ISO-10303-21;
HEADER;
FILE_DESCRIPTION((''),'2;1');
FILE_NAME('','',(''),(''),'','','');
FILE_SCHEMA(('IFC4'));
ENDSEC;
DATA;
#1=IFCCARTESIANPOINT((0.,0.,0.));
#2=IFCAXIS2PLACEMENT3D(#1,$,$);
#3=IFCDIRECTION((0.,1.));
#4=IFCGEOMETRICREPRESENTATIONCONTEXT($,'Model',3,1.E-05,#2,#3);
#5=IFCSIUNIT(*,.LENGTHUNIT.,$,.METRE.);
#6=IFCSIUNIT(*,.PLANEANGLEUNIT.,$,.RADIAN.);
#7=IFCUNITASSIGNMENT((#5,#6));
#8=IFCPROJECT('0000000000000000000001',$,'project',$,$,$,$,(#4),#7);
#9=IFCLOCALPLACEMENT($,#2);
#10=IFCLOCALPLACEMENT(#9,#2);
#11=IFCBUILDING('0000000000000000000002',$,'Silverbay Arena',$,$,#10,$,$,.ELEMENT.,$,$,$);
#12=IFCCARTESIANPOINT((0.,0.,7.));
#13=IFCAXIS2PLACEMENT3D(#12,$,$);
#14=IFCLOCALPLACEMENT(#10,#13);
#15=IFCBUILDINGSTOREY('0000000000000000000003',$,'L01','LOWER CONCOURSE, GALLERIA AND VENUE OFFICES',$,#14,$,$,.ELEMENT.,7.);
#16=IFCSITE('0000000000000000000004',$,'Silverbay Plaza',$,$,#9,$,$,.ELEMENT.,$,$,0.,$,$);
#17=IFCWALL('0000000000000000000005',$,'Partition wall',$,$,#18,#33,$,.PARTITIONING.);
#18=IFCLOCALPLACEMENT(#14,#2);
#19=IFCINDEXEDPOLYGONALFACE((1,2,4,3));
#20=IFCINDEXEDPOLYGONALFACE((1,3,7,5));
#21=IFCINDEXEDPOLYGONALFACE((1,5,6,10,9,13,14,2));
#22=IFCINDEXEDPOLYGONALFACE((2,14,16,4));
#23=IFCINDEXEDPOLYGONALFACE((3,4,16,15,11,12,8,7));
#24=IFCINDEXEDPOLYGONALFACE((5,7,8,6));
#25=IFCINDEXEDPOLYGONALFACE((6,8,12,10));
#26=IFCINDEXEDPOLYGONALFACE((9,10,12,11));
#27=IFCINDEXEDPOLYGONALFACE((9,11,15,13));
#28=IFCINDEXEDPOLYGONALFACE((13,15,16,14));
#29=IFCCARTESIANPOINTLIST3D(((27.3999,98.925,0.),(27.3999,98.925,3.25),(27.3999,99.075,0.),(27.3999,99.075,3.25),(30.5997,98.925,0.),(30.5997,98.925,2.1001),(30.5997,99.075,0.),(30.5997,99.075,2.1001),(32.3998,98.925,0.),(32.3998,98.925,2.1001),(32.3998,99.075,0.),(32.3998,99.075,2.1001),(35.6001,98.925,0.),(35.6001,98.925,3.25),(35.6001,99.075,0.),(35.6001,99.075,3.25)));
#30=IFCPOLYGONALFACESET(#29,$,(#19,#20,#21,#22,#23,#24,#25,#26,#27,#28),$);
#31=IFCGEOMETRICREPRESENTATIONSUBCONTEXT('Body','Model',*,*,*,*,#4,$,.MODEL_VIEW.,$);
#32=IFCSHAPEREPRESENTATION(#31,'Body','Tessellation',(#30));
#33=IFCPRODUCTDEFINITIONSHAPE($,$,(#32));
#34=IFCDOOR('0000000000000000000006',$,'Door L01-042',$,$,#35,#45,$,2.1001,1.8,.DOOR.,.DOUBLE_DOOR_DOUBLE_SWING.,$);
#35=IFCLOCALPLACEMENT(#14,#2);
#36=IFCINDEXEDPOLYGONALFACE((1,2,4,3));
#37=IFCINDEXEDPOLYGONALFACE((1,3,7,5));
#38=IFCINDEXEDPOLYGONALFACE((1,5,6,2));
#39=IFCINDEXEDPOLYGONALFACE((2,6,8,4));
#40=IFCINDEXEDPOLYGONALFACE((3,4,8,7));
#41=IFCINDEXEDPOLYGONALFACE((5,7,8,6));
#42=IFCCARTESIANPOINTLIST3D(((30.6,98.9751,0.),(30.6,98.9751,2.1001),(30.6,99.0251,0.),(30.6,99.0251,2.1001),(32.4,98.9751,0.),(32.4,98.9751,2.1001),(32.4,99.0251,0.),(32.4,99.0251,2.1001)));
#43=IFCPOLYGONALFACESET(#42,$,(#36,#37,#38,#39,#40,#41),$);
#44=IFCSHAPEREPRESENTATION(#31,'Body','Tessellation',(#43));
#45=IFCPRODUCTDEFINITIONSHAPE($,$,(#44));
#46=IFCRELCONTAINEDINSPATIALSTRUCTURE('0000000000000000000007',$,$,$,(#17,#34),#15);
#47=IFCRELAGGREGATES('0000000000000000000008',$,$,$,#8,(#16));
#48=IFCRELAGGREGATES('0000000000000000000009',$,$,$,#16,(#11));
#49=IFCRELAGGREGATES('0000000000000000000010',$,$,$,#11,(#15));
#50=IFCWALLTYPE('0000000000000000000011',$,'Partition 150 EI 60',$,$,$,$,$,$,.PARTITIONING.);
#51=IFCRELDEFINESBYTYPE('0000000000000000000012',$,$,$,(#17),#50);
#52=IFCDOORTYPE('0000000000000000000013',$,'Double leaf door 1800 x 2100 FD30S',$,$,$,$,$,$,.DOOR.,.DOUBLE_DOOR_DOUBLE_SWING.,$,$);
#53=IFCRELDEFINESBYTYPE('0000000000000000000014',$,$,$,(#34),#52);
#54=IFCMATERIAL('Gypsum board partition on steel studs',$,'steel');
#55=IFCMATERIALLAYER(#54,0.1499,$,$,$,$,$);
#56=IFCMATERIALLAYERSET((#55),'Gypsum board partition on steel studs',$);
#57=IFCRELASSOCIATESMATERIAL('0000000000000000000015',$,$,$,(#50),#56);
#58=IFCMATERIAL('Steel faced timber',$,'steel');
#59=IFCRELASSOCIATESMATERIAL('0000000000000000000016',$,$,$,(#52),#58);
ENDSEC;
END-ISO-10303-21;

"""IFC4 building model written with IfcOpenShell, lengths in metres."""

from ifc_helpers import new_model, si_unit, direction, frame, frame_2d, origin, place, context, subcontext, project, spatial, rectangle, extrude, material, layer, layer_set, type_object, element, fill, save


model = new_model("IFC4")

# Units and contexts
model_context = context("Model", 3, precision=1e-05, world=origin(), true_north=direction((0.0, 1.0)))
body_context = subcontext(model_context, "Body", "Model", "MODEL_VIEW")
ifc_project = project(units=[si_unit("LENGTHUNIT", "METRE"), si_unit("PLANEANGLEUNIT", "RADIAN")], contexts=[model_context])

# Site, building, storey
site_placement = place(None, origin())
site = spatial("IfcSite", under=ifc_project, at=site_placement, Name="Silverbay Plaza", CompositionType="ELEMENT", RefElevation=0.0)
building_placement = place(site_placement, origin())
building = spatial("IfcBuilding", under=site, at=building_placement, Name="Silverbay Arena", CompositionType="ELEMENT")
storey_placement = place(building_placement, frame((0.0, 0.0, 7.0)))
storey = spatial("IfcBuildingStorey", under=building, at=storey_placement, Name="L01", Description="LOWER CONCOURSE, GALLERIA AND VENUE OFFICES", CompositionType="ELEMENT", Elevation=7.0)

# Wall, opening, door
ifc_material_1 = material(Name="Gypsum board partition on steel studs", Category="steel")
ifc_layer_1 = layer(ifc_material_1, 0.1499)
ifc_layer_set_1 = layer_set([ifc_layer_1], Name="Gypsum board partition on steel studs")
wall_type = type_object("IfcWallType", Name="Partition 150 EI 60", PredefinedType="PARTITIONING", material=ifc_layer_set_1)
wall_placement = place(storey_placement, frame((27.3999, 99.0, 0.0), z_axis=(0.0, 0.0, 1.0), x_axis=(1.0, 0.0, 0.0)))
wall = element("IfcWall", 1, at=wall_placement, inside=storey, type_object=wall_type, Name="Partition wall", PredefinedType="PARTITIONING", context=body_context, shape_type="SweptSolid", body=[
    extrude(rectangle(XDim=8.2002, YDim=0.1499, at=frame_2d((4.1001, 0.0))), origin(), (0.0, 0.0, 1.0), 3.25),
])
opening_placement = place(wall_placement, frame((3.2, 0.0, 0.0)))
opening = element("IfcOpeningElement", 2, at=opening_placement, cuts=wall, PredefinedType="OPENING", context=body_context, shape_type="SweptSolid", body=[
    extrude(rectangle(XDim=1.8, YDim=2.1001, at=frame_2d((0.8999, 1.05))), frame((0.0, 0.085, 0.0), z_axis=(0.0, -1.0, 0.0), x_axis=(1.0, 0.0, 0.0)), (0.0, 0.0, 1.0), 0.1699),
])
ifc_material_2 = material(Name="Steel faced timber", Category="steel")
door_type = type_object("IfcDoorType", Name="Double leaf door 1800 x 2100 FD30S", OperationType="DOUBLE_DOOR_DOUBLE_SWING", PredefinedType="DOOR", material=ifc_material_2)
door_placement = place(opening_placement, frame((1.8, 0.0, 0.0), z_axis=(0.0, 0.0, 1.0), x_axis=(-1.0, 0.0, 0.0)))
door = element("IfcDoor", 3, at=door_placement, inside=storey, type_object=door_type, Name="Door L01-042", OperationType="DOUBLE_DOOR_DOUBLE_SWING", OverallHeight=2.1001, OverallWidth=1.8, PredefinedType="DOOR", context=body_context, shape_type="SweptSolid", body=[
    extrude(rectangle(XDim=1.8, YDim=2.1001, at=frame_2d((0.8999, 1.05))), frame((0.0, 0.0249, 0.0), z_axis=(0.0, -1.0, 0.0), x_axis=(1.0, 0.0, 0.0)), (0.0, 0.0, 1.0), 0.05),
])
fill(opening, door)

save(model, "model.ifc")
